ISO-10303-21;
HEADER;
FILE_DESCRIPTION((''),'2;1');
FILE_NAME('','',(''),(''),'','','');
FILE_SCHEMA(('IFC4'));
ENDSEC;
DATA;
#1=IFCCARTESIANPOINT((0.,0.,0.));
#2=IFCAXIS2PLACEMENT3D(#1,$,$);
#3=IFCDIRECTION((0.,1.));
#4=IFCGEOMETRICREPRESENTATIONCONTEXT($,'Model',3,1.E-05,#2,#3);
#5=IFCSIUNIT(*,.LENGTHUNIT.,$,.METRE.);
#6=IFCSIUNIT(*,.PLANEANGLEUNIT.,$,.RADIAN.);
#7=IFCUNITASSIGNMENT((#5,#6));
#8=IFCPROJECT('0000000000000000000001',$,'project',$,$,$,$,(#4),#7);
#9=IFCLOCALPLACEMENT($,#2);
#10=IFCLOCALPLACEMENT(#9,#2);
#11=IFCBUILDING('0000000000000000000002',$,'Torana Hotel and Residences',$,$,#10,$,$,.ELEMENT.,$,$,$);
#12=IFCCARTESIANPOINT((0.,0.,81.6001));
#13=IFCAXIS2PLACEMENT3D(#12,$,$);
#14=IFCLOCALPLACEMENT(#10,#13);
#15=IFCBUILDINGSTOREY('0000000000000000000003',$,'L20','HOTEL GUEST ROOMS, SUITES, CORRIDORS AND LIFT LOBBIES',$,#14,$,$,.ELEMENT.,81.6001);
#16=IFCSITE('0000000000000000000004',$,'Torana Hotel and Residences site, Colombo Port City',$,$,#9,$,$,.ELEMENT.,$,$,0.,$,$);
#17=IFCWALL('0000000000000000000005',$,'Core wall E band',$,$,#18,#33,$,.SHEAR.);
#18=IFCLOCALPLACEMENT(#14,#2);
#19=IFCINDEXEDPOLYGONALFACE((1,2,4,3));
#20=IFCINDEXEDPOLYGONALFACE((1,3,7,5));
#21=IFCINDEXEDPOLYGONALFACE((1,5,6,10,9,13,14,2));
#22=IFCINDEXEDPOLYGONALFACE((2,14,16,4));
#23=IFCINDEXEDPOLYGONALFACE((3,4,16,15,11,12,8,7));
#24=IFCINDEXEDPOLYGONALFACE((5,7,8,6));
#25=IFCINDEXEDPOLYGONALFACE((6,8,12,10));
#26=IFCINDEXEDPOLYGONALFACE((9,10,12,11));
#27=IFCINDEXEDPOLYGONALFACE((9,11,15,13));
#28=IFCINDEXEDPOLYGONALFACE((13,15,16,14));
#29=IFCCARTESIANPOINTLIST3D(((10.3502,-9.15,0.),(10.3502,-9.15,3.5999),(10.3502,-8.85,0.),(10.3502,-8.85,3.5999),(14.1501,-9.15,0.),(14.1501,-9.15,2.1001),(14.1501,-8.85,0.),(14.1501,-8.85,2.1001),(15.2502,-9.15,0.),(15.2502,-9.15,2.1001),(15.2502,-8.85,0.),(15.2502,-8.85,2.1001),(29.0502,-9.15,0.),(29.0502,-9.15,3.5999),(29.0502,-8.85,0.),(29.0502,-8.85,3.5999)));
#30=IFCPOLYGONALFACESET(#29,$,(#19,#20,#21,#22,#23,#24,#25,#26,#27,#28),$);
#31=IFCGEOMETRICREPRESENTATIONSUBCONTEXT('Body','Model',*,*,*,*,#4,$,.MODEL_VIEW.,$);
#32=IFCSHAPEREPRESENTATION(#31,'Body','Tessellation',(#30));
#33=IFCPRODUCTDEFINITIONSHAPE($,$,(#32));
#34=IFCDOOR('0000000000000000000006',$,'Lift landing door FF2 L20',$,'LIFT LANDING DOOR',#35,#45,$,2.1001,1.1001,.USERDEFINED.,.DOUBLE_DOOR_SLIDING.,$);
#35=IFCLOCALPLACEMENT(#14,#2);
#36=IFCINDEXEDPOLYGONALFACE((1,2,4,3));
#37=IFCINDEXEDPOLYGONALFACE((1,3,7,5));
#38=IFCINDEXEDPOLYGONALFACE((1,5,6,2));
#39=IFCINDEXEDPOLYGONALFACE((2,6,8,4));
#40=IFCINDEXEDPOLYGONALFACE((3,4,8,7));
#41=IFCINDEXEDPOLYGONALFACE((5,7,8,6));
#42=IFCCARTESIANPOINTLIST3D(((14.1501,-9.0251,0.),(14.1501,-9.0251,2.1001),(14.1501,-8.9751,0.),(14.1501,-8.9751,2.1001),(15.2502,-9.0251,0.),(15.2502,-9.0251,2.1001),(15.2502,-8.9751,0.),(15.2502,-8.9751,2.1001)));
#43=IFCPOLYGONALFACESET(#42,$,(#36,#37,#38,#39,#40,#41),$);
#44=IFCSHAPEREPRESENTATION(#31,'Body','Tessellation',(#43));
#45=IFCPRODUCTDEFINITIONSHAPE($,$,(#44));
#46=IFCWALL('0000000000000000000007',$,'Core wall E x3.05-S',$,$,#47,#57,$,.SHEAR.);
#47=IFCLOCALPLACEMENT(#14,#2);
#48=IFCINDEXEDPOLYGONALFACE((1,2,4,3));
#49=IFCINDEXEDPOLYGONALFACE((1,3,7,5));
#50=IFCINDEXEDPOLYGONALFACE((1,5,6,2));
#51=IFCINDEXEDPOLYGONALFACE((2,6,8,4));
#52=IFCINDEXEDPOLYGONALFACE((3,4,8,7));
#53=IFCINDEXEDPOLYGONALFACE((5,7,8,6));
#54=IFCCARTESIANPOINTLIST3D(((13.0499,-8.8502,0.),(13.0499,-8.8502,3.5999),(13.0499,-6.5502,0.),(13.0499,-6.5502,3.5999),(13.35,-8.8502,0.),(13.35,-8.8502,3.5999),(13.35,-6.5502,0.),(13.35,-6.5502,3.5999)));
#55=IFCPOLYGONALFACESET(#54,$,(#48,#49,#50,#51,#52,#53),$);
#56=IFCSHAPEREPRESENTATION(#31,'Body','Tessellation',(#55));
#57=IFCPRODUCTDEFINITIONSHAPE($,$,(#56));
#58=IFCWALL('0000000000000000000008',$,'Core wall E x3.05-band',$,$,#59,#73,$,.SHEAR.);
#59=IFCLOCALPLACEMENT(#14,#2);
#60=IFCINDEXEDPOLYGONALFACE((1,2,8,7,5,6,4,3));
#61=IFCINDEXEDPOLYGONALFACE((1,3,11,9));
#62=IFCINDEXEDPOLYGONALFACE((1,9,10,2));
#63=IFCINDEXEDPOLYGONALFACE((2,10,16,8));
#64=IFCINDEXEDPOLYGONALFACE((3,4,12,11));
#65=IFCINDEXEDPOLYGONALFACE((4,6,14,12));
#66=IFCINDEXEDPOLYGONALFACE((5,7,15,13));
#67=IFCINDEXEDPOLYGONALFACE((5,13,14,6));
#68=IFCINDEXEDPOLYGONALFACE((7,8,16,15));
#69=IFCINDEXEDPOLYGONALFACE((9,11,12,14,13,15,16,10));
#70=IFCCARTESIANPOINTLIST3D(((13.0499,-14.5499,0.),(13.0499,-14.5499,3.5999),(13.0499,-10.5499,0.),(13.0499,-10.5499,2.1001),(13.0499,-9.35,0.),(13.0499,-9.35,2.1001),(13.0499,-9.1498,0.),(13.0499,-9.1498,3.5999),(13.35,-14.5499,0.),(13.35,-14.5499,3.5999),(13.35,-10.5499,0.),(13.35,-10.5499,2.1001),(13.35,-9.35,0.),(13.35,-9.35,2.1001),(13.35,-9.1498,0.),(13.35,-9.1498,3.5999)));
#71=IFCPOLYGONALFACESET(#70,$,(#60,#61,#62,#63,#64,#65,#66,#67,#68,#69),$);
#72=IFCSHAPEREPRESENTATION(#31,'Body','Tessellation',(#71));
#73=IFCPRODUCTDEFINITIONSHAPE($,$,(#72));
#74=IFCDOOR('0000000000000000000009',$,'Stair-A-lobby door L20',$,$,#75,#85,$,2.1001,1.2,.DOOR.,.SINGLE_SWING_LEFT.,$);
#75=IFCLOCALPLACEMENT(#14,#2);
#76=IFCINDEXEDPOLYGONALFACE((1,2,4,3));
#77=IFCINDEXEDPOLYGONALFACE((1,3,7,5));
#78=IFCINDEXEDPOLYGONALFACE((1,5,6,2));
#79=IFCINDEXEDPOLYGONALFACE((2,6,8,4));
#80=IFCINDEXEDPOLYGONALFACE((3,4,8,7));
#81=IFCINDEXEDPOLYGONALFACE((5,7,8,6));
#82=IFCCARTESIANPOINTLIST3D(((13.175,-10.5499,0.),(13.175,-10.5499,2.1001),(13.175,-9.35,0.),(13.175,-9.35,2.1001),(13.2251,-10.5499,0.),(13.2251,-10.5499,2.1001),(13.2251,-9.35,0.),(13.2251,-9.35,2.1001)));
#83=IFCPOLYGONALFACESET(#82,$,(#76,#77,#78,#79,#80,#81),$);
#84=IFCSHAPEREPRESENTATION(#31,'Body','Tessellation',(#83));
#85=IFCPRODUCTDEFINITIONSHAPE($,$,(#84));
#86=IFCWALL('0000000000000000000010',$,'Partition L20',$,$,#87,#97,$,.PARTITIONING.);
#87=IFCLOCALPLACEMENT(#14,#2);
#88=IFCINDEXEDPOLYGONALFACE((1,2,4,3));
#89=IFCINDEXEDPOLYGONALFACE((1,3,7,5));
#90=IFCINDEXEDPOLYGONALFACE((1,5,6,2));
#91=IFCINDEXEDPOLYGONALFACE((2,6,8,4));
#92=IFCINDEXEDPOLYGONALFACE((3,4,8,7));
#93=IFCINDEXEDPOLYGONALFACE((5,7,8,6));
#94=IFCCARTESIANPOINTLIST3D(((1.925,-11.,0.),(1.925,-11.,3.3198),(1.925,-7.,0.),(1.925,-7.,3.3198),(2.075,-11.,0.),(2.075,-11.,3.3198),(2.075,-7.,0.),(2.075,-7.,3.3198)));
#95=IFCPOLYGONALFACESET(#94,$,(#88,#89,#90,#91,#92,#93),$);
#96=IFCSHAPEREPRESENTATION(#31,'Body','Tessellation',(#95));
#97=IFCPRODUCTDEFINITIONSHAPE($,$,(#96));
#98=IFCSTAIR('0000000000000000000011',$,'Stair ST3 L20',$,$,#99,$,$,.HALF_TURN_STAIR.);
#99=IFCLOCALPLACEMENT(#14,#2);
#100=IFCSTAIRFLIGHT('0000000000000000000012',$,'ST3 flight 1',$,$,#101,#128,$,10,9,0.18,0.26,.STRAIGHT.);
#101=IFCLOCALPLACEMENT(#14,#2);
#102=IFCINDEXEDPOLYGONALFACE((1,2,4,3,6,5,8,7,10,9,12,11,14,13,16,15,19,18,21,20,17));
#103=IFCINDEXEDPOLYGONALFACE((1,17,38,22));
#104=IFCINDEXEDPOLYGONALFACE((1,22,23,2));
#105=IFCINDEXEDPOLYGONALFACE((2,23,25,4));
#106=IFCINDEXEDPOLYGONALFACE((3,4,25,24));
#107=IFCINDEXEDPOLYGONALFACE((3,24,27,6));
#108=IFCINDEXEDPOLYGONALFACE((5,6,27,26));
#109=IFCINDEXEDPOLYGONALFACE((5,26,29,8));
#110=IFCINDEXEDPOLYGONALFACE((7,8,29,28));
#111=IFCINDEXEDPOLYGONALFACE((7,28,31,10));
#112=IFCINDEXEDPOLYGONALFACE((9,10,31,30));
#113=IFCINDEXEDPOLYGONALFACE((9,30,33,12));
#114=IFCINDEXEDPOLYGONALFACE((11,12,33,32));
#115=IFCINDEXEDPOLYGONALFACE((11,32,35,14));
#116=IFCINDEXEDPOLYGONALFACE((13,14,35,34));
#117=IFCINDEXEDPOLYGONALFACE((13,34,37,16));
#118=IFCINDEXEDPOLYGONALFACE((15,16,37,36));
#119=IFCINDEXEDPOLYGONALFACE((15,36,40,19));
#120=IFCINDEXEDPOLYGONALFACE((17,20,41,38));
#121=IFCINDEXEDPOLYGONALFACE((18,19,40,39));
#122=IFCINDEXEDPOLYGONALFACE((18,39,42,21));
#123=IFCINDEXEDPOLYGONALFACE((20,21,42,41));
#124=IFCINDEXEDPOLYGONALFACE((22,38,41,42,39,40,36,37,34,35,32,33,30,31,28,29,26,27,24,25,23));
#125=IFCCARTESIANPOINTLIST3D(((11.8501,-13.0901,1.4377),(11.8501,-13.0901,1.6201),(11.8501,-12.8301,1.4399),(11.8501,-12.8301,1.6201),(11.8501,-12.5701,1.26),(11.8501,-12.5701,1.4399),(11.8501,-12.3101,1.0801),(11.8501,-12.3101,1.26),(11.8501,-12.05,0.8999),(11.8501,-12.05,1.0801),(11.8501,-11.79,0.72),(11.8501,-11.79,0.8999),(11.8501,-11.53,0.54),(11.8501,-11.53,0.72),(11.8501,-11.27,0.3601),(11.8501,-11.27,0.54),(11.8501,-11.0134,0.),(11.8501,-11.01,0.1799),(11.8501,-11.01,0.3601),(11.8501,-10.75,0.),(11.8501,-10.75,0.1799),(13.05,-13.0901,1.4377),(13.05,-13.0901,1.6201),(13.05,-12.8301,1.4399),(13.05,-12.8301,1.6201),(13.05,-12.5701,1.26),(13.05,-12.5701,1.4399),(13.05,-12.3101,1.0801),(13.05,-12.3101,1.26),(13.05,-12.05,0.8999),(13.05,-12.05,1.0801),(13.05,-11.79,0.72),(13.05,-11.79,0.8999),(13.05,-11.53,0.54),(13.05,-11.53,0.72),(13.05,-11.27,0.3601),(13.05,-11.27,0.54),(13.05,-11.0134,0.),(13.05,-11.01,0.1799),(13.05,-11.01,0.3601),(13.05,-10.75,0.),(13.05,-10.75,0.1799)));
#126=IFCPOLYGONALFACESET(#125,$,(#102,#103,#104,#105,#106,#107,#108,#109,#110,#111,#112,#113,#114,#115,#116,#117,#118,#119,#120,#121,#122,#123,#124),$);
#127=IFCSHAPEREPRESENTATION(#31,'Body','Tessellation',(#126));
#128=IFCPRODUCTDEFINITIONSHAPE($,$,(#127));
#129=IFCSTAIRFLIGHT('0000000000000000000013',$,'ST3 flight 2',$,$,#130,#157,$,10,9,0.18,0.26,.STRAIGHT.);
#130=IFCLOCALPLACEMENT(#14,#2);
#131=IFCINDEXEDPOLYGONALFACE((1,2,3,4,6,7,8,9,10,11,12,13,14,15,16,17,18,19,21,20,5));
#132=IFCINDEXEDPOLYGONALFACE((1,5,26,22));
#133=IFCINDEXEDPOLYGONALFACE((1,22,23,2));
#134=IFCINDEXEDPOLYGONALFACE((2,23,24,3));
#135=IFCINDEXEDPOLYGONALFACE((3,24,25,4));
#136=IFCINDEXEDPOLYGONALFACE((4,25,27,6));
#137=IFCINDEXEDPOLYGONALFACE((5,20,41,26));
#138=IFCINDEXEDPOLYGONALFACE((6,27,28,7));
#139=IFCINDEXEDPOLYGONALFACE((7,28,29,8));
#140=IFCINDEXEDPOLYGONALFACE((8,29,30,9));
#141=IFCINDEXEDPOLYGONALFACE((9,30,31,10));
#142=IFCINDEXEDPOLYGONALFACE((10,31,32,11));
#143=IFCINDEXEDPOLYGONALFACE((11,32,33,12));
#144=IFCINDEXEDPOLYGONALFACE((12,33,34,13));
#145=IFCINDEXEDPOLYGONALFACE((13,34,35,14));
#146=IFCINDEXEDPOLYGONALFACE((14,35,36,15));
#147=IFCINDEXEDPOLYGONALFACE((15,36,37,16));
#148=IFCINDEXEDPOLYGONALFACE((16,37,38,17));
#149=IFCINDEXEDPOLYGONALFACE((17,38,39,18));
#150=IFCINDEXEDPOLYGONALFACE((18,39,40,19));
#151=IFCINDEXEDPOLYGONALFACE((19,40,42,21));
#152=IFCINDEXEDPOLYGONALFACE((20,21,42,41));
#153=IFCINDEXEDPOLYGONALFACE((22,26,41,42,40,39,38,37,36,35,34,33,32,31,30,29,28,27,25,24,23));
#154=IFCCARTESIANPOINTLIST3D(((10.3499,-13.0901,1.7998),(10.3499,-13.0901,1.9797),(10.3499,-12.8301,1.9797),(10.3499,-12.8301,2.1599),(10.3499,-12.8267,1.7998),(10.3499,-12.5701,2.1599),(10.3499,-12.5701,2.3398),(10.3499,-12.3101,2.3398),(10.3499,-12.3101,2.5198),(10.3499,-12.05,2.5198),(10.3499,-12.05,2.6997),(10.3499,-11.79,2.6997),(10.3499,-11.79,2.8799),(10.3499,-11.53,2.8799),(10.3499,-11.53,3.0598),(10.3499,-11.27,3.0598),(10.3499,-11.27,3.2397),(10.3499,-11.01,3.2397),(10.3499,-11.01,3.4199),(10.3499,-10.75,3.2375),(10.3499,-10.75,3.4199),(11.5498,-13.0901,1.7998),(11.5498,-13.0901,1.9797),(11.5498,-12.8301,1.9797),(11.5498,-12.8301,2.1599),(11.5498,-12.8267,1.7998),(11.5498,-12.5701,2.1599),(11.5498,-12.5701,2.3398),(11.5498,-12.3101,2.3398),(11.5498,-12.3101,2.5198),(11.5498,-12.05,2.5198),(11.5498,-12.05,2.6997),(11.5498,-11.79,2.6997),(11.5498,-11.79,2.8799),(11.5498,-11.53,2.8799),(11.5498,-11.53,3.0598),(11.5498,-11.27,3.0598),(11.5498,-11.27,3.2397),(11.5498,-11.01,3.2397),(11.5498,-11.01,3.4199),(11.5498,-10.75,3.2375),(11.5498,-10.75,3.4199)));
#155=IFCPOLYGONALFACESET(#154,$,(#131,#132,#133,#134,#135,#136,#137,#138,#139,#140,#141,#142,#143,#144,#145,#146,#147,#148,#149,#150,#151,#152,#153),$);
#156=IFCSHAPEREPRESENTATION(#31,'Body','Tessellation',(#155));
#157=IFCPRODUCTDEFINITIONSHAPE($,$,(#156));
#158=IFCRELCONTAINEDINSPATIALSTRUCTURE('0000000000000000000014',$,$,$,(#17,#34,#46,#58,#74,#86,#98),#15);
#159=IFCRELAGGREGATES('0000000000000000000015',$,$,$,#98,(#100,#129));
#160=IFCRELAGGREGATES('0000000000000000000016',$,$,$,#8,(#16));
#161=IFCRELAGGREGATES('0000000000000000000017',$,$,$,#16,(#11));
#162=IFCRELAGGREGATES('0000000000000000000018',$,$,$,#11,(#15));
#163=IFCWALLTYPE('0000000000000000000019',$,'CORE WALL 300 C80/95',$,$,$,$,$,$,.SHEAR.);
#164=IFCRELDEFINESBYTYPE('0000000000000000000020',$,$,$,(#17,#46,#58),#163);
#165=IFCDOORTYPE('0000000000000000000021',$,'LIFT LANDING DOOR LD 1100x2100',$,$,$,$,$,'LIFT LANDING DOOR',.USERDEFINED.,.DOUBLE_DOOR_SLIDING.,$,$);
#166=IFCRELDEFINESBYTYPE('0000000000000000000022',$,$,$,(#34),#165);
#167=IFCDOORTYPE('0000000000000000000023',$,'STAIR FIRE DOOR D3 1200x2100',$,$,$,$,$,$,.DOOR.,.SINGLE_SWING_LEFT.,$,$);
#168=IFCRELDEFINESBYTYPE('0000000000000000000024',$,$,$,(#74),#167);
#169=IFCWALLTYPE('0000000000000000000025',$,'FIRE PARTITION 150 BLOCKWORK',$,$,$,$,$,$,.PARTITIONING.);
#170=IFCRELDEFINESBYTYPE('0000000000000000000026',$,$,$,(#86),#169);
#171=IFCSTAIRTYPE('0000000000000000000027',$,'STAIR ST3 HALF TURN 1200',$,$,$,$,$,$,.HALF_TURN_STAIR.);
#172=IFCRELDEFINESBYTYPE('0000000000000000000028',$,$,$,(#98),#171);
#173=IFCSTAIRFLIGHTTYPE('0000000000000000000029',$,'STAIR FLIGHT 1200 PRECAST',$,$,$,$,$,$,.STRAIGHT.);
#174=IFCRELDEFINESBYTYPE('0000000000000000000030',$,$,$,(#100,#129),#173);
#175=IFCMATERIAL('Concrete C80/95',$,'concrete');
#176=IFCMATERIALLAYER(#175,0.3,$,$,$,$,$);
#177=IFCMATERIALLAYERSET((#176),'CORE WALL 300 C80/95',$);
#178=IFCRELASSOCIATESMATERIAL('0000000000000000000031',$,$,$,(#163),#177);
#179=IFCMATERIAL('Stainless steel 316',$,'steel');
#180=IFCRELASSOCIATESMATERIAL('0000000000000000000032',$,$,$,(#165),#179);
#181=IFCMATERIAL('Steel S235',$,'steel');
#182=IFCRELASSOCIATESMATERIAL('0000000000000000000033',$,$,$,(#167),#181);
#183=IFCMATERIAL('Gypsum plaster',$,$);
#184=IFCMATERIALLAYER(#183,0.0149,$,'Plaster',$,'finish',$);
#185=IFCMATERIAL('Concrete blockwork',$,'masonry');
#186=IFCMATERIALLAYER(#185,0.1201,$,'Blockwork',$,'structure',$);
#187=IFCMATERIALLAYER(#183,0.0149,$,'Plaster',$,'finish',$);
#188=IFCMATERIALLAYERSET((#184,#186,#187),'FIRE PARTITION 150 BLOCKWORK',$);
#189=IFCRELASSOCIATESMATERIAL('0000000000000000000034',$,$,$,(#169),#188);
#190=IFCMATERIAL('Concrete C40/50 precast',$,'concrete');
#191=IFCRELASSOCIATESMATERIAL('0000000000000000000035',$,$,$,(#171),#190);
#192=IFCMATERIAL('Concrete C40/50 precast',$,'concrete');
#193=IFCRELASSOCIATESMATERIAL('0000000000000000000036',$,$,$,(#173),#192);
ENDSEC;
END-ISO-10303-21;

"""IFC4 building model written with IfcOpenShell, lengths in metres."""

from ifc_helpers import new_model, si_unit, direction, frame, frame_2d, origin, place, context, subcontext, project, spatial, polyline, rectangle, outline, extrude, material, layer, layer_set, type_object, element, fill, aggregate, save


model = new_model("IFC4")

# Units and contexts
model_context = context("Model", 3, precision=1e-05, world=origin(), true_north=direction((0.0, 1.0)))
body_context = subcontext(model_context, "Body", "Model", "MODEL_VIEW")
ifc_project = project(units=[si_unit("LENGTHUNIT", "METRE"), si_unit("PLANEANGLEUNIT", "RADIAN")], contexts=[model_context])

# Site, building, storey
site_placement = place(None, origin())
site = spatial("IfcSite", under=ifc_project, at=site_placement, Name="Torana Hotel and Residences site, Colombo Port City", CompositionType="ELEMENT", RefElevation=0.0)
building_placement = place(site_placement, origin())
building = spatial("IfcBuilding", under=site, at=building_placement, Name="Torana Hotel and Residences", CompositionType="ELEMENT")
storey_placement = place(building_placement, frame((0.0, 0.0, 81.6001)))
storey = spatial("IfcBuildingStorey", under=building, at=storey_placement, Name="L20", Description="HOTEL GUEST ROOMS, SUITES, CORRIDORS AND LIFT LOBBIES", CompositionType="ELEMENT", Elevation=81.6001)

# Wall, opening, door
ifc_material_1 = material(Name="Concrete C80/95", Category="concrete")
ifc_layer_1 = layer(ifc_material_1, 0.3)
ifc_layer_set_1 = layer_set([ifc_layer_1], Name="CORE WALL 300 C80/95")
wall_type_1 = type_object("IfcWallType", Name="CORE WALL 300 C80/95", PredefinedType="SHEAR", material=ifc_layer_set_1)
wall_1_placement = place(storey_placement, frame((10.3501, -9.0, 0.0), z_axis=(0.0, 0.0, 1.0), x_axis=(1.0, 0.0, 0.0)))
wall_1 = element("IfcWall", 1, at=wall_1_placement, inside=storey, type_object=wall_type_1, Name="Core wall E band", PredefinedType="SHEAR", context=body_context, shape_type="SweptSolid", body=[
    extrude(rectangle(XDim=18.7, YDim=0.3, at=frame_2d((9.3501, 0.0))), origin(), (0.0, 0.0, 1.0), 3.5999),
])
opening_1_placement = place(wall_1_placement, frame((3.8, 0.0, 0.0)))
opening_1 = element("IfcOpeningElement", 2, at=opening_1_placement, cuts=wall_1, PredefinedType="OPENING", context=body_context, shape_type="SweptSolid", body=[
    extrude(rectangle(XDim=1.1001, YDim=2.1001, at=frame_2d((0.55, 1.05))), frame((0.0, 0.1599, 0.0), z_axis=(0.0, -1.0, 0.0), x_axis=(1.0, 0.0, 0.0)), (0.0, 0.0, 1.0), 0.3201),
])
ifc_material_2 = material(Name="Stainless steel 316", Category="steel")
door_type_1 = type_object("IfcDoorType", Name="LIFT LANDING DOOR LD 1100x2100", ElementType="LIFT LANDING DOOR", OperationType="DOUBLE_DOOR_SLIDING", PredefinedType="USERDEFINED", material=ifc_material_2)
door_1_placement = place(opening_1_placement, origin())
door_1 = element("IfcDoor", 3, at=door_1_placement, inside=storey, type_object=door_type_1, Name="Lift landing door FF2 L20", ObjectType="LIFT LANDING DOOR", OperationType="DOUBLE_DOOR_SLIDING", OverallHeight=2.1001, OverallWidth=1.1001, PredefinedType="USERDEFINED", context=body_context, shape_type="SweptSolid", body=[
    extrude(rectangle(XDim=1.1001, YDim=2.1001, at=frame_2d((0.55, 1.05))), frame((0.0, 0.0249, 0.0), z_axis=(0.0, -1.0, 0.0), x_axis=(1.0, 0.0, 0.0)), (0.0, 0.0, 1.0), 0.05),
])
fill(opening_1, door_1)

# Wall
wall_2_placement = place(storey_placement, frame((13.2, -8.8501, 0.0), z_axis=(0.0, 0.0, 1.0), x_axis=(0.0, 1.0, 0.0)))
element("IfcWall", 4, at=wall_2_placement, inside=storey, type_object=wall_type_1, Name="Core wall E x3.05-S", PredefinedType="SHEAR", context=body_context, shape_type="SweptSolid", body=[
    extrude(rectangle(XDim=2.3, YDim=0.3, at=frame_2d((1.1499, 0.0))), origin(), (0.0, 0.0, 1.0), 3.5999),
])

# Wall, opening, door
wall_3_placement = place(storey_placement, frame((13.2, -14.55, 0.0), z_axis=(0.0, 0.0, 1.0), x_axis=(0.0, 1.0, 0.0)))
wall_3 = element("IfcWall", 5, at=wall_3_placement, inside=storey, type_object=wall_type_1, Name="Core wall E x3.05-band", PredefinedType="SHEAR", context=body_context, shape_type="SweptSolid", body=[
    extrude(rectangle(XDim=5.4001, YDim=0.3, at=frame_2d((2.7002, 0.0))), origin(), (0.0, 0.0, 1.0), 3.5999),
])
opening_2_placement = place(wall_3_placement, frame((4.0, 0.0, 0.0)))
opening_2 = element("IfcOpeningElement", 6, at=opening_2_placement, cuts=wall_3, PredefinedType="OPENING", context=body_context, shape_type="SweptSolid", body=[
    extrude(rectangle(XDim=1.2, YDim=2.1001, at=frame_2d((0.6001, 1.05))), frame((0.0, 0.1599, 0.0), z_axis=(0.0, -1.0, 0.0), x_axis=(1.0, 0.0, 0.0)), (0.0, 0.0, 1.0), 0.3201),
])
ifc_material_3 = material(Name="Steel S235", Category="steel")
door_type_2 = type_object("IfcDoorType", Name="STAIR FIRE DOOR D3 1200x2100", OperationType="SINGLE_SWING_LEFT", PredefinedType="DOOR", material=ifc_material_3)
door_2_placement = place(opening_2_placement, origin())
door_2 = element("IfcDoor", 7, at=door_2_placement, inside=storey, type_object=door_type_2, Name="Stair-A-lobby door L20", OperationType="SINGLE_SWING_LEFT", OverallHeight=2.1001, OverallWidth=1.2, PredefinedType="DOOR", context=body_context, shape_type="SweptSolid", body=[
    extrude(rectangle(XDim=1.2, YDim=2.1001, at=frame_2d((0.6001, 1.05))), frame((0.0, 0.0249, 0.0), z_axis=(0.0, -1.0, 0.0), x_axis=(1.0, 0.0, 0.0)), (0.0, 0.0, 1.0), 0.05),
])
fill(opening_2, door_2)

# Wall
ifc_material_4 = material(Name="Gypsum plaster")
ifc_layer_2 = layer(ifc_material_4, 0.0149, Name="Plaster", Category="finish")
ifc_material_5 = material(Name="Concrete blockwork", Category="masonry")
ifc_layer_3 = layer(ifc_material_5, 0.1201, Name="Blockwork", Category="structure")
ifc_layer_4 = layer(ifc_material_4, 0.0149, Name="Plaster", Category="finish")
ifc_layer_set_2 = layer_set([ifc_layer_2, ifc_layer_3, ifc_layer_4], Name="FIRE PARTITION 150 BLOCKWORK")
wall_type_2 = type_object("IfcWallType", Name="FIRE PARTITION 150 BLOCKWORK", PredefinedType="PARTITIONING", material=ifc_layer_set_2)
wall_4_placement = place(storey_placement, frame((2.0, -11.0, 0.0), z_axis=(0.0, 0.0, 1.0), x_axis=(0.0, 1.0, 0.0)))
element("IfcWall", 8, at=wall_4_placement, inside=storey, type_object=wall_type_2, Name="Partition L20", PredefinedType="PARTITIONING", context=body_context, shape_type="SweptSolid", body=[
    extrude(rectangle(XDim=4.0, YDim=0.1499, at=frame_2d((2.0, 0.0))), origin(), (0.0, 0.0, 1.0), 3.3198),
])

# Stair, stair flights
ifc_material_6 = material(Name="Concrete C40/50 precast", Category="concrete")
stair_type = type_object("IfcStairType", Name="STAIR ST3 HALF TURN 1200", PredefinedType="HALF_TURN_STAIR", material=ifc_material_6)
stair_placement = place(storey_placement, origin())
stair = element("IfcStair", 9, at=stair_placement, inside=storey, type_object=stair_type, Name="Stair ST3 L20", PredefinedType="HALF_TURN_STAIR")
ifc_material_7 = material(Name="Concrete C40/50 precast", Category="concrete")
stair_flight_type = type_object("IfcStairFlightType", Name="STAIR FLIGHT 1200 PRECAST", PredefinedType="STRAIGHT", material=ifc_material_7)
stair_flight_1_placement = place(storey_placement, frame((12.45, -10.75, 0.0), z_axis=(0.0, 0.0, 1.0), x_axis=(0.0, -1.0, 0.0)))
stair_flight_1 = element("IfcStairFlight", 10, at=stair_flight_1_placement, type_object=stair_flight_type, Name="ST3 flight 1", NumberOfRisers=10, NumberOfTreads=9, PredefinedType="STRAIGHT", RiserHeight=0.18, TreadLength=0.26, context=body_context, shape_type="SweptSolid", body=[
    extrude(outline(polyline([(0.0, 0.0), (0.0, 0.1799), (0.26, 0.1799), (0.26, 0.3601), (0.52, 0.3601), (0.52, 0.54), (0.78, 0.54), (0.78, 0.72), (1.04, 0.72), (1.04, 0.8999), (1.3, 0.8999), (1.3, 1.0801), (1.5601, 1.0801), (1.5601, 1.26), (1.8201, 1.26), (1.8201, 1.4399), (2.0801, 1.4399), (2.0801, 1.6201), (2.3401, 1.6201), (2.3401, 1.8), (2.3401, 1.4377), (0.2634, 0.0), (0.0, 0.0)])), frame((0.0, 0.6001, 0.0), z_axis=(0.0, -1.0, 0.0), x_axis=(1.0, 0.0, 0.0)), (0.0, 0.0, 1.0), 1.2),
])
stair_flight_2_placement = place(storey_placement, frame((10.95, -13.0901, 1.7998), z_axis=(0.0, 0.0, 1.0), x_axis=(0.0, 1.0, 0.0)))
stair_flight_2 = element("IfcStairFlight", 11, at=stair_flight_2_placement, type_object=stair_flight_type, Name="ST3 flight 2", NumberOfRisers=10, NumberOfTreads=9, PredefinedType="STRAIGHT", RiserHeight=0.18, TreadLength=0.26, context=body_context, shape_type="SweptSolid", body=[
    extrude(outline(polyline([(0.0, 0.0), (0.0, 0.1799), (0.26, 0.1799), (0.26, 0.3601), (0.52, 0.3601), (0.52, 0.54), (0.78, 0.54), (0.78, 0.72), (1.04, 0.72), (1.04, 0.8999), (1.3, 0.8999), (1.3, 1.0801), (1.5601, 1.0801), (1.5601, 1.26), (1.8201, 1.26), (1.8201, 1.4399), (2.0801, 1.4399), (2.0801, 1.6201), (2.3401, 1.6201), (2.3401, 1.8), (2.3401, 1.4377), (0.2634, 0.0), (0.0, 0.0)])), frame((0.0, 0.6001, 0.0), z_axis=(0.0, -1.0, 0.0), x_axis=(1.0, 0.0, 0.0)), (0.0, 0.0, 1.0), 1.2),
])
aggregate(stair, [stair_flight_1, stair_flight_2])

save(model, "model.ifc")
